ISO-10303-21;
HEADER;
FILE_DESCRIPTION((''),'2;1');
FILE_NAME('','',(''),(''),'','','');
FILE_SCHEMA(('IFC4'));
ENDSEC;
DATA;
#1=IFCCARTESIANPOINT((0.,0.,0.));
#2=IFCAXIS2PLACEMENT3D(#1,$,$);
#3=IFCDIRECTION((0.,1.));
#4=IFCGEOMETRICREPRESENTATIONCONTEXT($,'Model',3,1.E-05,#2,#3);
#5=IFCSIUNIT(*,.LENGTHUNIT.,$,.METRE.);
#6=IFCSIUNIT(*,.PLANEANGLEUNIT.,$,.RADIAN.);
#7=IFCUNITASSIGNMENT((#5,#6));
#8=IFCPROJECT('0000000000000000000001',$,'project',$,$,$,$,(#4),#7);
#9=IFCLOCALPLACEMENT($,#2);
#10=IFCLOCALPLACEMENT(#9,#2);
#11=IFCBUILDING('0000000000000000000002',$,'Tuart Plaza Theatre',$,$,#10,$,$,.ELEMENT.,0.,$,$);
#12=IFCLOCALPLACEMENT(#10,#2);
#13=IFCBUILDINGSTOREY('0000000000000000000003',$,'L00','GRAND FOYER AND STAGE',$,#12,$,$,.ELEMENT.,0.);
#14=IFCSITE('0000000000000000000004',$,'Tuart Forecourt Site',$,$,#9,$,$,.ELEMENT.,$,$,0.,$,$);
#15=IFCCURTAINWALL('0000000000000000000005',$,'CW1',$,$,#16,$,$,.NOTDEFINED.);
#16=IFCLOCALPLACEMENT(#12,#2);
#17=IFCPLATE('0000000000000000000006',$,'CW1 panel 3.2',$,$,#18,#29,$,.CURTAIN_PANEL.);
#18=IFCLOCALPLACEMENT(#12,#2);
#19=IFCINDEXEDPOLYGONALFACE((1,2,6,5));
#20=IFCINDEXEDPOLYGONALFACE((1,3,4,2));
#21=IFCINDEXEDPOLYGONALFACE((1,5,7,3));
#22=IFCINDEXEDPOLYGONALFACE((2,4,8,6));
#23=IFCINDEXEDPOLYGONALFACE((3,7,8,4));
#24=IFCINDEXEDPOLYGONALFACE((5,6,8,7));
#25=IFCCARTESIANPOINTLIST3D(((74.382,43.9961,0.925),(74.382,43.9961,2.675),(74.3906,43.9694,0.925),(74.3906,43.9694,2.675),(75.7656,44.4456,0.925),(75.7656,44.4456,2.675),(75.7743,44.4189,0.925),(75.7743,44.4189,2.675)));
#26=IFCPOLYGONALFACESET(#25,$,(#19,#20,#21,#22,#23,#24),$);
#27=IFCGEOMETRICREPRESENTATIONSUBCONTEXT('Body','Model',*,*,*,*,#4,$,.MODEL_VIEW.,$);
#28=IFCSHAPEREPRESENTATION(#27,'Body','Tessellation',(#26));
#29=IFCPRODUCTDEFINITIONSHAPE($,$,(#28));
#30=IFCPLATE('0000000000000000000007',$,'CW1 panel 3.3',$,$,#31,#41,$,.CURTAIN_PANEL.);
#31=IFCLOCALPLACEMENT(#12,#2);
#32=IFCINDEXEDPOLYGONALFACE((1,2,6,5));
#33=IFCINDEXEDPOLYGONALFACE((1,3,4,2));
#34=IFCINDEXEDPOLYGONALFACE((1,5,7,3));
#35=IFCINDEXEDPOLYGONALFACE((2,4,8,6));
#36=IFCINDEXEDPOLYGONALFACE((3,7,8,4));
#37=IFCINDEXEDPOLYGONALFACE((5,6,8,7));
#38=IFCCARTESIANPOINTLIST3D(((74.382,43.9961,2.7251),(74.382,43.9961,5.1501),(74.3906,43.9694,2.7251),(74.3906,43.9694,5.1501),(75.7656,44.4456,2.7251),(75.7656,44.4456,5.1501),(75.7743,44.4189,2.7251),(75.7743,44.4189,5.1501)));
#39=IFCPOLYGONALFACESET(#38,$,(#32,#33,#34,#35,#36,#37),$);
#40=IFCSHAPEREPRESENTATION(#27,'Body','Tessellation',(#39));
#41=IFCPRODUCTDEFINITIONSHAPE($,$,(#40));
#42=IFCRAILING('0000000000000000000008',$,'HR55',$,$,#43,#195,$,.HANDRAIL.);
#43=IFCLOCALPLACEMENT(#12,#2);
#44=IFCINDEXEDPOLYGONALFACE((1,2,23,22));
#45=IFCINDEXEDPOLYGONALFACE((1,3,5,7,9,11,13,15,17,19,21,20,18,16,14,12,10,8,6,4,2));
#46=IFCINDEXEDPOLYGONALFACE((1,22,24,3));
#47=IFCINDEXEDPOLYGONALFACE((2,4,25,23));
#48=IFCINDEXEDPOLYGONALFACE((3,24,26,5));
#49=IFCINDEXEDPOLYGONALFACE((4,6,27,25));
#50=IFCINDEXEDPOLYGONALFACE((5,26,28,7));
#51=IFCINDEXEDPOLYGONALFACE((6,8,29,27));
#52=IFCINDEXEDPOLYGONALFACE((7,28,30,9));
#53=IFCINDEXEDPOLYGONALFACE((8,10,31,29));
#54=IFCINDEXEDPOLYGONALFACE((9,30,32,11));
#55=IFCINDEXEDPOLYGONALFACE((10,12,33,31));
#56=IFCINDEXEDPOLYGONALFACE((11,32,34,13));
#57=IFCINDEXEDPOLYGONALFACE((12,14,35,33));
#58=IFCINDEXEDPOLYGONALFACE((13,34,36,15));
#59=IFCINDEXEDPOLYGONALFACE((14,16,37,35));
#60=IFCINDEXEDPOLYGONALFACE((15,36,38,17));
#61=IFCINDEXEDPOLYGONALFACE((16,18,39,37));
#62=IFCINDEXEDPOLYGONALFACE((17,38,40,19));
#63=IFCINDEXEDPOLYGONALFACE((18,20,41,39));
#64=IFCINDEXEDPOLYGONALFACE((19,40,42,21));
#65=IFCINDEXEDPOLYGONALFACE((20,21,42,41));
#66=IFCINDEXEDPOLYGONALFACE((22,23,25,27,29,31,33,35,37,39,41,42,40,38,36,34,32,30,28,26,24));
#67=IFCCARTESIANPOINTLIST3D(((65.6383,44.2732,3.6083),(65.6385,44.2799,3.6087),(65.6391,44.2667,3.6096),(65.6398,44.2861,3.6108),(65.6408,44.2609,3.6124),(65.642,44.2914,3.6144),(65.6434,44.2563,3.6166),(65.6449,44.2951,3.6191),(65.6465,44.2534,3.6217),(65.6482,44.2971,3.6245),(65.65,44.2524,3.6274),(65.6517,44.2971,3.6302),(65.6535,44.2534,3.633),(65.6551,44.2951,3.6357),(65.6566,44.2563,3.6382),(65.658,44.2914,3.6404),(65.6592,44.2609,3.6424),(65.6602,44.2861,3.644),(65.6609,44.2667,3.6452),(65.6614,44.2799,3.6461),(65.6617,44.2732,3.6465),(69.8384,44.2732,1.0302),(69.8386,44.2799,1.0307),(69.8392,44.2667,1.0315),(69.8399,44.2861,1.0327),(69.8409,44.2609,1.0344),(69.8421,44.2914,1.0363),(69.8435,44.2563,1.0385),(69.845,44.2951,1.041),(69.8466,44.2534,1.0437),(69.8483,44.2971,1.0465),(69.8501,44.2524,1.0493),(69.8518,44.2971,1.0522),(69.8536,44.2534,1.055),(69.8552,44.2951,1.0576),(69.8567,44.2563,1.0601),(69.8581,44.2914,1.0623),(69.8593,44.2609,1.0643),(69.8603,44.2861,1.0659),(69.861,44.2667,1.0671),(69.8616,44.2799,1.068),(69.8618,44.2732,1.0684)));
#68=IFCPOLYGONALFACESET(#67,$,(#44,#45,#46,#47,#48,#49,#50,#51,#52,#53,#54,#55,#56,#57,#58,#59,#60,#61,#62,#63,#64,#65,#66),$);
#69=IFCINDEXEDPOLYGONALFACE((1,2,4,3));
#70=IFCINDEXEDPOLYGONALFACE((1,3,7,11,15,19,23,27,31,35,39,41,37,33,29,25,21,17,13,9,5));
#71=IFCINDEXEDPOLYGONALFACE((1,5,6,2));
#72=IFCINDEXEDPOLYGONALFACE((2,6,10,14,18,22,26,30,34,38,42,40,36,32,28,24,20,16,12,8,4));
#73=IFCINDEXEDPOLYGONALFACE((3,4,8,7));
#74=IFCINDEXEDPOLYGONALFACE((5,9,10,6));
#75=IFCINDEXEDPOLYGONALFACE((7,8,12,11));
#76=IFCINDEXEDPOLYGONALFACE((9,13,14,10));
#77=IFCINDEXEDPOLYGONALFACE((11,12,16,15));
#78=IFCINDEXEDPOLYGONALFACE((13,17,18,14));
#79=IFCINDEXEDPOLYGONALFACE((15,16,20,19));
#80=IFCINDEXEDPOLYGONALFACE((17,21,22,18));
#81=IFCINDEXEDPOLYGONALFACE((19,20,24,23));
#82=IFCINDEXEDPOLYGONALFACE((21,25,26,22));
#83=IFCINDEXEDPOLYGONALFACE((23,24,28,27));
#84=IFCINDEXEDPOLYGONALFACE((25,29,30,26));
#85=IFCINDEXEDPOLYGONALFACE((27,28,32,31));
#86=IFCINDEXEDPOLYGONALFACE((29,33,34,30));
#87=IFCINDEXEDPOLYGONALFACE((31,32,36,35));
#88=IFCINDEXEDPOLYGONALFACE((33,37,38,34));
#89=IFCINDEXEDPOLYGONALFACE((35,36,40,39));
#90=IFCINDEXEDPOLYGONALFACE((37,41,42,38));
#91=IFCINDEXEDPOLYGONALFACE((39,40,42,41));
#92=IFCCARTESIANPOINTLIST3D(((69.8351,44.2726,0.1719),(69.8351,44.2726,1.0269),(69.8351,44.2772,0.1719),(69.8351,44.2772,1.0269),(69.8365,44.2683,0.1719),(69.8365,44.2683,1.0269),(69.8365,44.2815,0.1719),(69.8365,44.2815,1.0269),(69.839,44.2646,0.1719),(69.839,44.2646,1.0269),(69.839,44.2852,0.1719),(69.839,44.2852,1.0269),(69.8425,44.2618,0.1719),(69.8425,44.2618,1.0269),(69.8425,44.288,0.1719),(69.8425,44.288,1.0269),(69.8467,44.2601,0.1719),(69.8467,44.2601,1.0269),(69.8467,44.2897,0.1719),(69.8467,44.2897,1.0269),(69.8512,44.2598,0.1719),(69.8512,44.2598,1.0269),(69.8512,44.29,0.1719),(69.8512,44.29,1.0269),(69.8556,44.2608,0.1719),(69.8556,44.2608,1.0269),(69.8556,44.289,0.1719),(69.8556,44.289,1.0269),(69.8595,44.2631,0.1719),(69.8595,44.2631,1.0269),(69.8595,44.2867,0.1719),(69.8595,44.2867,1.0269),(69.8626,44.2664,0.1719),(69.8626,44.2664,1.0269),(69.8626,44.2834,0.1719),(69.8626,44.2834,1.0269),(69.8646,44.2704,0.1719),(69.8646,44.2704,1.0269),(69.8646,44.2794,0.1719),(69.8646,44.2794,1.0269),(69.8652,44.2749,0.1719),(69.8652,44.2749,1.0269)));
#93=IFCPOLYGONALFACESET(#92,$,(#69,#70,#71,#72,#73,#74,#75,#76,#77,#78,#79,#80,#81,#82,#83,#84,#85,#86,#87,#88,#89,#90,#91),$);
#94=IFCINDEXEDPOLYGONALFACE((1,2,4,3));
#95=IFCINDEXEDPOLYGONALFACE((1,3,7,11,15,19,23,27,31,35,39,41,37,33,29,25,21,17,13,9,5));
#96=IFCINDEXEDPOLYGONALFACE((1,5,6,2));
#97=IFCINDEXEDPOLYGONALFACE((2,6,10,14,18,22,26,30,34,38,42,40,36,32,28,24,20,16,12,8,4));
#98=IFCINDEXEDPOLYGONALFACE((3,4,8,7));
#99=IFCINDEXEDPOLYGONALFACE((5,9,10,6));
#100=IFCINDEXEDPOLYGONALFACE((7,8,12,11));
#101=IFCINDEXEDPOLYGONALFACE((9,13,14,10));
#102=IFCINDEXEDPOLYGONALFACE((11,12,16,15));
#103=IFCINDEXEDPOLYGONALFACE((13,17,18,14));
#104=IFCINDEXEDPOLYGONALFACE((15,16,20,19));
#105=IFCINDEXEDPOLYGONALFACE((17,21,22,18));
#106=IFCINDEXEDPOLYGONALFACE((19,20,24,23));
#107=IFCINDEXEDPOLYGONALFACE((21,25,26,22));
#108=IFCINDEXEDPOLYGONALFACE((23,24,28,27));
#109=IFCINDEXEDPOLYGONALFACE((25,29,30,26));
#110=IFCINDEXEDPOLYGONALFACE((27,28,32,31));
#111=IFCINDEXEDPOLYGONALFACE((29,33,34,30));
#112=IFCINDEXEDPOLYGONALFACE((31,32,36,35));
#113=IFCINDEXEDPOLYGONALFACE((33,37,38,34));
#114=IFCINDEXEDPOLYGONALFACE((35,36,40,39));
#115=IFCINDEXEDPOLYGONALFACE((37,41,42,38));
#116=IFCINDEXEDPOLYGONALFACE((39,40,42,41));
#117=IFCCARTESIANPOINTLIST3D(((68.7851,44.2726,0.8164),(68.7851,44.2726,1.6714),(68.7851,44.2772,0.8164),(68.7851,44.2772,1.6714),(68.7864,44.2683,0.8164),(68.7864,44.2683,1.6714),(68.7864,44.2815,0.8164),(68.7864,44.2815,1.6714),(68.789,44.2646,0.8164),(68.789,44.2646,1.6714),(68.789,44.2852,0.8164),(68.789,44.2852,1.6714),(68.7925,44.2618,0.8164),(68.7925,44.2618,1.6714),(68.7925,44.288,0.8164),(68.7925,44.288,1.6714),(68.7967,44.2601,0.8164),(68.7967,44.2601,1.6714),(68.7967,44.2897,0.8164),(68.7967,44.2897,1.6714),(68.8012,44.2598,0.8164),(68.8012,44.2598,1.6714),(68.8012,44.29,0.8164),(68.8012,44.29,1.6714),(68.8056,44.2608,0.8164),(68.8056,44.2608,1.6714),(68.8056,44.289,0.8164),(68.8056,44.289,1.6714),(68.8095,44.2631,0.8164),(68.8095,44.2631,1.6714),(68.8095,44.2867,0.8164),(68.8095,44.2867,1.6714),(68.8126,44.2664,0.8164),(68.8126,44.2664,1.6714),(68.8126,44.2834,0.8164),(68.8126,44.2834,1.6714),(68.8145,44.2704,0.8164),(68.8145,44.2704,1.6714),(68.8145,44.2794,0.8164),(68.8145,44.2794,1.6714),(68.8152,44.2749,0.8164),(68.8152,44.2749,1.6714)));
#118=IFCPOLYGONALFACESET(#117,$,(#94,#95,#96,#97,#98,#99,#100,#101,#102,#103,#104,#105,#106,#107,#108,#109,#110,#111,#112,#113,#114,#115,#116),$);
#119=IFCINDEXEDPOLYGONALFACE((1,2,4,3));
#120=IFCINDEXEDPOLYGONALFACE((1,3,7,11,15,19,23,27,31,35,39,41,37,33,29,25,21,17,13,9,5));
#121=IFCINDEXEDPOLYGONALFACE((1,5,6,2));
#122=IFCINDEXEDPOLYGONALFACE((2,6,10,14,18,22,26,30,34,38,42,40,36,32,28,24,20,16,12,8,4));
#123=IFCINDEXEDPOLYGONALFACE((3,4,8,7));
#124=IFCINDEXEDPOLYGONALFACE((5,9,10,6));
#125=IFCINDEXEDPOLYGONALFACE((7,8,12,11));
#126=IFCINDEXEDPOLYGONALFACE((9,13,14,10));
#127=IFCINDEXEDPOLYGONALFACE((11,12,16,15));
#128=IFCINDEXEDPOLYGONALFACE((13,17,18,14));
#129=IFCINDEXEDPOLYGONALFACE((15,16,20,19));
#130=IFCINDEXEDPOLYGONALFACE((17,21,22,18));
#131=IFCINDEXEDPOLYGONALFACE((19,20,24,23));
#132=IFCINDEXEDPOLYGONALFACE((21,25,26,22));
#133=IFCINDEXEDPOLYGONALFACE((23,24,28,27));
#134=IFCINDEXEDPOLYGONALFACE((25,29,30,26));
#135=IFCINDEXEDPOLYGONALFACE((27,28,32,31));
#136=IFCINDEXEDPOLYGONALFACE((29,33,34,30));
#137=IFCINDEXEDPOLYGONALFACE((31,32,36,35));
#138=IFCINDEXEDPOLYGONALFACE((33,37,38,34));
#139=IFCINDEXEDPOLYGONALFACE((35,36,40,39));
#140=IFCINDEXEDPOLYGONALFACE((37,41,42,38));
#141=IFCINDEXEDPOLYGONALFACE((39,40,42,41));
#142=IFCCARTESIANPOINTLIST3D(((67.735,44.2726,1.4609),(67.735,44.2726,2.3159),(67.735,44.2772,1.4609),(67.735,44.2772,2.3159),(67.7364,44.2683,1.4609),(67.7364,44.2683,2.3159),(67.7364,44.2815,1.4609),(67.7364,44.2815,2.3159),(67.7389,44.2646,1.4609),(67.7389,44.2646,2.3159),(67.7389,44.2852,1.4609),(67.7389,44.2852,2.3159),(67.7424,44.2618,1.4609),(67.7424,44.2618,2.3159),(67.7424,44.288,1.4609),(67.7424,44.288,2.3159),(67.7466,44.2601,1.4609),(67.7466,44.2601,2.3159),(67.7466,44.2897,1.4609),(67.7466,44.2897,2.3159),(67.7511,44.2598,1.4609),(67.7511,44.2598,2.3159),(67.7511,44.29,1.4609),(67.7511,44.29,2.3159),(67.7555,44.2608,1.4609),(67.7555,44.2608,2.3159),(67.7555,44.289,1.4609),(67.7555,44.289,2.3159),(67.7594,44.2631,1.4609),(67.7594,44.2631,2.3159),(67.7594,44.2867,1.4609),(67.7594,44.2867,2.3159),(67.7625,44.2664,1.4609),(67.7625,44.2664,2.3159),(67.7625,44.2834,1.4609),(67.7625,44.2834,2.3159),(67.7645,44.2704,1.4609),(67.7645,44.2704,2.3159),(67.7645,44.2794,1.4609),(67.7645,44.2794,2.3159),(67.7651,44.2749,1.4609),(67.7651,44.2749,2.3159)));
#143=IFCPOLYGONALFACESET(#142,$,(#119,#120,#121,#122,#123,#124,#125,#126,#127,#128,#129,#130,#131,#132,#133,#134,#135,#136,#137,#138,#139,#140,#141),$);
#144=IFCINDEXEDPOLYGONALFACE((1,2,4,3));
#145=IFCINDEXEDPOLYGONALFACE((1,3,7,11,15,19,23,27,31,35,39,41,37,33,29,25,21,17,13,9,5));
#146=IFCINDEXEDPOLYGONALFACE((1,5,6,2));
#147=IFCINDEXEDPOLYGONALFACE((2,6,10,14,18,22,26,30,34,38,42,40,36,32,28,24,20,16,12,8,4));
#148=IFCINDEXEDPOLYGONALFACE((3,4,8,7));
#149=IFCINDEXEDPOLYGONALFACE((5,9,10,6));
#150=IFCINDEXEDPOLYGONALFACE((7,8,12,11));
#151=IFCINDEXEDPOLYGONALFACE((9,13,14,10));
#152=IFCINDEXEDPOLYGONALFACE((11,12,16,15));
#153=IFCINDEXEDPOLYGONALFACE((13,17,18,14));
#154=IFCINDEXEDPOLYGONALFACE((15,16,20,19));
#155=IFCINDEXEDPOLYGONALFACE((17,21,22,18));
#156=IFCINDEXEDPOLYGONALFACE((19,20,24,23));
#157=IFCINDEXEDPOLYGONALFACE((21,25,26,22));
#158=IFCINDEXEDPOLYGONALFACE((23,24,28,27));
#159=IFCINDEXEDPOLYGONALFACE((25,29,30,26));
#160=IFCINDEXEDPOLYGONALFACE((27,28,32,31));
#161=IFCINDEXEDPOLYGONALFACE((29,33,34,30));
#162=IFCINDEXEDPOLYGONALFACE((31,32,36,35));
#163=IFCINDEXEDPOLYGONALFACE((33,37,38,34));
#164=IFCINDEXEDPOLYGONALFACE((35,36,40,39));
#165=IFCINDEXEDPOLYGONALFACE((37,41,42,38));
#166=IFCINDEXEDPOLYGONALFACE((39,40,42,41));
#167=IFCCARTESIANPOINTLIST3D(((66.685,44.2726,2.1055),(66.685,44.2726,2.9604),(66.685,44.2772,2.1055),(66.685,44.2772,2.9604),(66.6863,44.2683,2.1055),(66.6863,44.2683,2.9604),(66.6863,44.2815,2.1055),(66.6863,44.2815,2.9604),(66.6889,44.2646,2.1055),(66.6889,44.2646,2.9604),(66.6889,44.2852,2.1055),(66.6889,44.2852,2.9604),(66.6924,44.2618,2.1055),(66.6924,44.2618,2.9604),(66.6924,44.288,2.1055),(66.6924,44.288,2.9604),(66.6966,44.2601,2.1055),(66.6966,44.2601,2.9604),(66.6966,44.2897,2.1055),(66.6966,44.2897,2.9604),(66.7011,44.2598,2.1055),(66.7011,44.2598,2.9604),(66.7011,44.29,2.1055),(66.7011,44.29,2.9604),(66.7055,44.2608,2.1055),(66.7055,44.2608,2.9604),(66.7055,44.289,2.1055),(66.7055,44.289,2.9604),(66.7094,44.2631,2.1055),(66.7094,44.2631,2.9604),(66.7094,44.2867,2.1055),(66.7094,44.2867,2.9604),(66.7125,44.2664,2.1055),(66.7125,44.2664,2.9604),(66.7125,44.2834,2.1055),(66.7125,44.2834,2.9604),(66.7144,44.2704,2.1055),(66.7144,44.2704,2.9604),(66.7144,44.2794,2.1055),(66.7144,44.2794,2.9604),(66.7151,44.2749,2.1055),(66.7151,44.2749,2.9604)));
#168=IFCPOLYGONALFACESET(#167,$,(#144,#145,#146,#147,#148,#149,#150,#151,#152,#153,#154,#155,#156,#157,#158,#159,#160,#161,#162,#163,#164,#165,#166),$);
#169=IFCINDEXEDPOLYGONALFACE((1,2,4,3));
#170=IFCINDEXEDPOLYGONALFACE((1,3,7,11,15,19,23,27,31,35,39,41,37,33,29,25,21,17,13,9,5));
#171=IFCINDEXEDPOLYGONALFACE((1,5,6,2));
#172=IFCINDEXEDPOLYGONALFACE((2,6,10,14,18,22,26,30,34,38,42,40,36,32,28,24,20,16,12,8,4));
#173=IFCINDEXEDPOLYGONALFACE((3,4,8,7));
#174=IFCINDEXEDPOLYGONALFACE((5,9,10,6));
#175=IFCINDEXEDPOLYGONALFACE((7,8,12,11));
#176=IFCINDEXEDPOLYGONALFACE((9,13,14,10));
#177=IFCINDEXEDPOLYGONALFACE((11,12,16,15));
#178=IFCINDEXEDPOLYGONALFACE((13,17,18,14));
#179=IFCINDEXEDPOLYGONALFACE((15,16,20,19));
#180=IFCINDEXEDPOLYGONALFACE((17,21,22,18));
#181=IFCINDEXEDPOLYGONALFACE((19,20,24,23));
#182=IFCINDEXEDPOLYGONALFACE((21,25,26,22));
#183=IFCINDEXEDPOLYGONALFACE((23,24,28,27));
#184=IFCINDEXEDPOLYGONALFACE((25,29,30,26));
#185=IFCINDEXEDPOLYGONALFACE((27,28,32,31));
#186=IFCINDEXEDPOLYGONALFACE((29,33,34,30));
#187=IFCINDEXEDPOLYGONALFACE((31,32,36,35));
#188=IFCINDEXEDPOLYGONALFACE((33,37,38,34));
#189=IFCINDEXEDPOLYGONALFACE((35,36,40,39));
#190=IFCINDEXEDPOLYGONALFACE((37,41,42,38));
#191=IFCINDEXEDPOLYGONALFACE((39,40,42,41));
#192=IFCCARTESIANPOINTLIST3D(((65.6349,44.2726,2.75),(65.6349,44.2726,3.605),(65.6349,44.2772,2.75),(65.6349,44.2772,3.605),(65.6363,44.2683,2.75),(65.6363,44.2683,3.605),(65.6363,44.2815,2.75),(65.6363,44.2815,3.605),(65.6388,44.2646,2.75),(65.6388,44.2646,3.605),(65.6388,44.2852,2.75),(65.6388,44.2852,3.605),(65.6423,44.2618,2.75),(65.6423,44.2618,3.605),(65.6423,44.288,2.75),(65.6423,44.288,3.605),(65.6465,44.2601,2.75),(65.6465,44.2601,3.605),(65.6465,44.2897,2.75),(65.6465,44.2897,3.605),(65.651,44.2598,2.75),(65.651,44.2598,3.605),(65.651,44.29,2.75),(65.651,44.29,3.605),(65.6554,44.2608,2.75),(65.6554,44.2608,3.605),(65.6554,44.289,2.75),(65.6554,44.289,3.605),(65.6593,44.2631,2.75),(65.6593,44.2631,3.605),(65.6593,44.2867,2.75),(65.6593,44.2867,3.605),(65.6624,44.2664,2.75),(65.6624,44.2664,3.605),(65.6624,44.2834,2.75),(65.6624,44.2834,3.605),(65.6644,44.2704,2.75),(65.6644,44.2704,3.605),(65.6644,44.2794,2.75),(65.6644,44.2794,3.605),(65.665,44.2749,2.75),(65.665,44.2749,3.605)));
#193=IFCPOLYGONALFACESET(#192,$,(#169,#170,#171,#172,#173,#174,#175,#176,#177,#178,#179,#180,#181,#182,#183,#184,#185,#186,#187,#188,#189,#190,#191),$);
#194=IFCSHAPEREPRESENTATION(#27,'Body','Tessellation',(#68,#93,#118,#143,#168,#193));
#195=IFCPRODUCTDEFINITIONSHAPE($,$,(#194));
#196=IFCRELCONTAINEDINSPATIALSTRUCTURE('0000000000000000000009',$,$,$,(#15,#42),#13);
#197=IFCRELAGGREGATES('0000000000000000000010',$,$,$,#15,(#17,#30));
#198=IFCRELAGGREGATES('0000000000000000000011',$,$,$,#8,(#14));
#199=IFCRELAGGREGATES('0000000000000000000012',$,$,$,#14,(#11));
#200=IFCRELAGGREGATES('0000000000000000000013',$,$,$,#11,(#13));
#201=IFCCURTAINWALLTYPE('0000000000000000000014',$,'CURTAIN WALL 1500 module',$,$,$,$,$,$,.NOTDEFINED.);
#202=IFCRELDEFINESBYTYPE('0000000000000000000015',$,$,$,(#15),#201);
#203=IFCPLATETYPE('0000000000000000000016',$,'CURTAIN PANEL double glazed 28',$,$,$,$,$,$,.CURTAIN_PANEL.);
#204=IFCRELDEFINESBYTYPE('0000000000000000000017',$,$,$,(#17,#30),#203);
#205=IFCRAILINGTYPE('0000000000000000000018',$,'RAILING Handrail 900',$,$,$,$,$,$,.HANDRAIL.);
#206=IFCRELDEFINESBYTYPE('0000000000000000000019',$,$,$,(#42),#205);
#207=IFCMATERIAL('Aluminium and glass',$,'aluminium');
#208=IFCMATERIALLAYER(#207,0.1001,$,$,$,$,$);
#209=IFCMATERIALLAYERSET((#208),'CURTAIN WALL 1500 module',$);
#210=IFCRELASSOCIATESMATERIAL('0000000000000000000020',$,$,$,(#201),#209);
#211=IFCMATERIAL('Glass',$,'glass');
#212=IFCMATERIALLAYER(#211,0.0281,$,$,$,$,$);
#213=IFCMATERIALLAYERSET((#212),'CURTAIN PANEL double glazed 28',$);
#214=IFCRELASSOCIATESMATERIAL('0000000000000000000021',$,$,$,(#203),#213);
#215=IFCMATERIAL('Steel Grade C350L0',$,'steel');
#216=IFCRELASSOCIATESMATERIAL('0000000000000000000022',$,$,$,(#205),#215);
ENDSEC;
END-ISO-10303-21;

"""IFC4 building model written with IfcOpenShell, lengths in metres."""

from ifc_helpers import new_model, si_unit, direction, frame, origin, origin_2d, place, context, subcontext, project, spatial, rectangle, circle, extrude, material, layer, layer_set, type_object, element, aggregate, save


model = new_model("IFC4")

# Units and contexts
model_context = context("Model", 3, precision=1e-05, world=origin(), true_north=direction((0.0, 1.0)))
body_context = subcontext(model_context, "Body", "Model", "MODEL_VIEW")
ifc_project = project(units=[si_unit("LENGTHUNIT", "METRE"), si_unit("PLANEANGLEUNIT", "RADIAN")], contexts=[model_context])

# Site, building, storey
site_placement = place(None, origin())
site = spatial("IfcSite", under=ifc_project, at=site_placement, Name="Tuart Forecourt Site", CompositionType="ELEMENT", RefElevation=0.0)
building_placement = place(site_placement, origin())
building = spatial("IfcBuilding", under=site, at=building_placement, Name="Tuart Plaza Theatre", CompositionType="ELEMENT", ElevationOfRefHeight=0.0)
storey_placement = place(building_placement, origin())
storey = spatial("IfcBuildingStorey", under=building, at=storey_placement, Name="L00", Description="GRAND FOYER AND STAGE", CompositionType="ELEMENT", Elevation=0.0)

# Curtain wall
ifc_material_1 = material(Name="Aluminium and glass", Category="aluminium")
ifc_layer_1 = layer(ifc_material_1, 0.1001)
ifc_layer_set_1 = layer_set([ifc_layer_1], Name="CURTAIN WALL 1500 module")
curtain_wall_type = type_object("IfcCurtainWallType", Name="CURTAIN WALL 1500 module", PredefinedType="NOTDEFINED", material=ifc_layer_set_1)
curtain_wall_1_placement = place(storey_placement, origin())
curtain_wall_1 = element("IfcCurtainWall", 1, at=curtain_wall_1_placement, inside=storey, type_object=curtain_wall_type, Name="CW1", PredefinedType="NOTDEFINED")

# Plates
ifc_material_2 = material(Name="Glass", Category="glass")
ifc_layer_2 = layer(ifc_material_2, 0.0281)
ifc_layer_set_2 = layer_set([ifc_layer_2], Name="CURTAIN PANEL double glazed 28")
plate_type = type_object("IfcPlateType", Name="CURTAIN PANEL double glazed 28", PredefinedType="CURTAIN_PANEL", material=ifc_layer_set_2)
plate_1_placement = place(storey_placement, frame((75.0781, 44.2075, 0.925), z_axis=(0.0, 0.0, 1.0), x_axis=(0.951067, 0.308986, 0.0)))
plate_1 = element("IfcPlate", 2, at=plate_1_placement, type_object=plate_type, Name="CW1 panel 3.2", PredefinedType="CURTAIN_PANEL", context=body_context, shape_type="SweptSolid", body=[
    extrude(rectangle(XDim=1.4548, YDim=0.0281, at=origin_2d()), origin(), (0.0, 0.0, 1.0), 1.75),
])
plate_2_placement = place(storey_placement, frame((75.0781, 44.2075, 2.7251), z_axis=(0.0, 0.0, 1.0), x_axis=(0.951067, 0.308986, 0.0)))
plate_2 = element("IfcPlate", 3, at=plate_2_placement, type_object=plate_type, Name="CW1 panel 3.3", PredefinedType="CURTAIN_PANEL", context=body_context, shape_type="SweptSolid", body=[
    extrude(rectangle(XDim=1.4548, YDim=0.0281, at=origin_2d()), origin(), (0.0, 0.0, 1.0), 2.425),
])
aggregate(curtain_wall_1, [plate_1, plate_2])

# Railing
ifc_material_3 = material(Name="Steel Grade C350L0", Category="steel")
railing_type = type_object("IfcRailingType", Name="RAILING Handrail 900", PredefinedType="HANDRAIL", material=ifc_material_3)
railing_1_placement = place(storey_placement, frame((69.8501, 44.2749, 0.1719)))
element("IfcRailing", 4, at=railing_1_placement, inside=storey, type_object=railing_type, Name="HR55", PredefinedType="HANDRAIL", context=body_context, shape_type="SweptSolid", body=[
    extrude(circle(Radius=0.0225, at=origin_2d()), frame((0.0, 0.0, 0.8774), z_axis=(-0.852256, 0.0, 0.523124), x_axis=(0.0, -1.0, 0.0)), (0.0, 0.0, 1.0), 4.9282),
    extrude(circle(Radius=0.0151, at=origin_2d()), origin(), (0.0, 0.0, 1.0), 0.855),
    extrude(circle(Radius=0.0151, at=origin_2d()), frame((-1.05, 0.0, 0.6445)), (0.0, 0.0, 1.0), 0.855),
    extrude(circle(Radius=0.0151, at=origin_2d()), frame((-2.1001, 0.0, 1.2891)), (0.0, 0.0, 1.0), 0.855),
    extrude(circle(Radius=0.0151, at=origin_2d()), frame((-3.1501, 0.0, 1.9336)), (0.0, 0.0, 1.0), 0.855),
    extrude(circle(Radius=0.0151, at=origin_2d()), frame((-4.2002, 0.0, 2.5781)), (0.0, 0.0, 1.0), 0.855),
])

save(model, "model.ifc")
